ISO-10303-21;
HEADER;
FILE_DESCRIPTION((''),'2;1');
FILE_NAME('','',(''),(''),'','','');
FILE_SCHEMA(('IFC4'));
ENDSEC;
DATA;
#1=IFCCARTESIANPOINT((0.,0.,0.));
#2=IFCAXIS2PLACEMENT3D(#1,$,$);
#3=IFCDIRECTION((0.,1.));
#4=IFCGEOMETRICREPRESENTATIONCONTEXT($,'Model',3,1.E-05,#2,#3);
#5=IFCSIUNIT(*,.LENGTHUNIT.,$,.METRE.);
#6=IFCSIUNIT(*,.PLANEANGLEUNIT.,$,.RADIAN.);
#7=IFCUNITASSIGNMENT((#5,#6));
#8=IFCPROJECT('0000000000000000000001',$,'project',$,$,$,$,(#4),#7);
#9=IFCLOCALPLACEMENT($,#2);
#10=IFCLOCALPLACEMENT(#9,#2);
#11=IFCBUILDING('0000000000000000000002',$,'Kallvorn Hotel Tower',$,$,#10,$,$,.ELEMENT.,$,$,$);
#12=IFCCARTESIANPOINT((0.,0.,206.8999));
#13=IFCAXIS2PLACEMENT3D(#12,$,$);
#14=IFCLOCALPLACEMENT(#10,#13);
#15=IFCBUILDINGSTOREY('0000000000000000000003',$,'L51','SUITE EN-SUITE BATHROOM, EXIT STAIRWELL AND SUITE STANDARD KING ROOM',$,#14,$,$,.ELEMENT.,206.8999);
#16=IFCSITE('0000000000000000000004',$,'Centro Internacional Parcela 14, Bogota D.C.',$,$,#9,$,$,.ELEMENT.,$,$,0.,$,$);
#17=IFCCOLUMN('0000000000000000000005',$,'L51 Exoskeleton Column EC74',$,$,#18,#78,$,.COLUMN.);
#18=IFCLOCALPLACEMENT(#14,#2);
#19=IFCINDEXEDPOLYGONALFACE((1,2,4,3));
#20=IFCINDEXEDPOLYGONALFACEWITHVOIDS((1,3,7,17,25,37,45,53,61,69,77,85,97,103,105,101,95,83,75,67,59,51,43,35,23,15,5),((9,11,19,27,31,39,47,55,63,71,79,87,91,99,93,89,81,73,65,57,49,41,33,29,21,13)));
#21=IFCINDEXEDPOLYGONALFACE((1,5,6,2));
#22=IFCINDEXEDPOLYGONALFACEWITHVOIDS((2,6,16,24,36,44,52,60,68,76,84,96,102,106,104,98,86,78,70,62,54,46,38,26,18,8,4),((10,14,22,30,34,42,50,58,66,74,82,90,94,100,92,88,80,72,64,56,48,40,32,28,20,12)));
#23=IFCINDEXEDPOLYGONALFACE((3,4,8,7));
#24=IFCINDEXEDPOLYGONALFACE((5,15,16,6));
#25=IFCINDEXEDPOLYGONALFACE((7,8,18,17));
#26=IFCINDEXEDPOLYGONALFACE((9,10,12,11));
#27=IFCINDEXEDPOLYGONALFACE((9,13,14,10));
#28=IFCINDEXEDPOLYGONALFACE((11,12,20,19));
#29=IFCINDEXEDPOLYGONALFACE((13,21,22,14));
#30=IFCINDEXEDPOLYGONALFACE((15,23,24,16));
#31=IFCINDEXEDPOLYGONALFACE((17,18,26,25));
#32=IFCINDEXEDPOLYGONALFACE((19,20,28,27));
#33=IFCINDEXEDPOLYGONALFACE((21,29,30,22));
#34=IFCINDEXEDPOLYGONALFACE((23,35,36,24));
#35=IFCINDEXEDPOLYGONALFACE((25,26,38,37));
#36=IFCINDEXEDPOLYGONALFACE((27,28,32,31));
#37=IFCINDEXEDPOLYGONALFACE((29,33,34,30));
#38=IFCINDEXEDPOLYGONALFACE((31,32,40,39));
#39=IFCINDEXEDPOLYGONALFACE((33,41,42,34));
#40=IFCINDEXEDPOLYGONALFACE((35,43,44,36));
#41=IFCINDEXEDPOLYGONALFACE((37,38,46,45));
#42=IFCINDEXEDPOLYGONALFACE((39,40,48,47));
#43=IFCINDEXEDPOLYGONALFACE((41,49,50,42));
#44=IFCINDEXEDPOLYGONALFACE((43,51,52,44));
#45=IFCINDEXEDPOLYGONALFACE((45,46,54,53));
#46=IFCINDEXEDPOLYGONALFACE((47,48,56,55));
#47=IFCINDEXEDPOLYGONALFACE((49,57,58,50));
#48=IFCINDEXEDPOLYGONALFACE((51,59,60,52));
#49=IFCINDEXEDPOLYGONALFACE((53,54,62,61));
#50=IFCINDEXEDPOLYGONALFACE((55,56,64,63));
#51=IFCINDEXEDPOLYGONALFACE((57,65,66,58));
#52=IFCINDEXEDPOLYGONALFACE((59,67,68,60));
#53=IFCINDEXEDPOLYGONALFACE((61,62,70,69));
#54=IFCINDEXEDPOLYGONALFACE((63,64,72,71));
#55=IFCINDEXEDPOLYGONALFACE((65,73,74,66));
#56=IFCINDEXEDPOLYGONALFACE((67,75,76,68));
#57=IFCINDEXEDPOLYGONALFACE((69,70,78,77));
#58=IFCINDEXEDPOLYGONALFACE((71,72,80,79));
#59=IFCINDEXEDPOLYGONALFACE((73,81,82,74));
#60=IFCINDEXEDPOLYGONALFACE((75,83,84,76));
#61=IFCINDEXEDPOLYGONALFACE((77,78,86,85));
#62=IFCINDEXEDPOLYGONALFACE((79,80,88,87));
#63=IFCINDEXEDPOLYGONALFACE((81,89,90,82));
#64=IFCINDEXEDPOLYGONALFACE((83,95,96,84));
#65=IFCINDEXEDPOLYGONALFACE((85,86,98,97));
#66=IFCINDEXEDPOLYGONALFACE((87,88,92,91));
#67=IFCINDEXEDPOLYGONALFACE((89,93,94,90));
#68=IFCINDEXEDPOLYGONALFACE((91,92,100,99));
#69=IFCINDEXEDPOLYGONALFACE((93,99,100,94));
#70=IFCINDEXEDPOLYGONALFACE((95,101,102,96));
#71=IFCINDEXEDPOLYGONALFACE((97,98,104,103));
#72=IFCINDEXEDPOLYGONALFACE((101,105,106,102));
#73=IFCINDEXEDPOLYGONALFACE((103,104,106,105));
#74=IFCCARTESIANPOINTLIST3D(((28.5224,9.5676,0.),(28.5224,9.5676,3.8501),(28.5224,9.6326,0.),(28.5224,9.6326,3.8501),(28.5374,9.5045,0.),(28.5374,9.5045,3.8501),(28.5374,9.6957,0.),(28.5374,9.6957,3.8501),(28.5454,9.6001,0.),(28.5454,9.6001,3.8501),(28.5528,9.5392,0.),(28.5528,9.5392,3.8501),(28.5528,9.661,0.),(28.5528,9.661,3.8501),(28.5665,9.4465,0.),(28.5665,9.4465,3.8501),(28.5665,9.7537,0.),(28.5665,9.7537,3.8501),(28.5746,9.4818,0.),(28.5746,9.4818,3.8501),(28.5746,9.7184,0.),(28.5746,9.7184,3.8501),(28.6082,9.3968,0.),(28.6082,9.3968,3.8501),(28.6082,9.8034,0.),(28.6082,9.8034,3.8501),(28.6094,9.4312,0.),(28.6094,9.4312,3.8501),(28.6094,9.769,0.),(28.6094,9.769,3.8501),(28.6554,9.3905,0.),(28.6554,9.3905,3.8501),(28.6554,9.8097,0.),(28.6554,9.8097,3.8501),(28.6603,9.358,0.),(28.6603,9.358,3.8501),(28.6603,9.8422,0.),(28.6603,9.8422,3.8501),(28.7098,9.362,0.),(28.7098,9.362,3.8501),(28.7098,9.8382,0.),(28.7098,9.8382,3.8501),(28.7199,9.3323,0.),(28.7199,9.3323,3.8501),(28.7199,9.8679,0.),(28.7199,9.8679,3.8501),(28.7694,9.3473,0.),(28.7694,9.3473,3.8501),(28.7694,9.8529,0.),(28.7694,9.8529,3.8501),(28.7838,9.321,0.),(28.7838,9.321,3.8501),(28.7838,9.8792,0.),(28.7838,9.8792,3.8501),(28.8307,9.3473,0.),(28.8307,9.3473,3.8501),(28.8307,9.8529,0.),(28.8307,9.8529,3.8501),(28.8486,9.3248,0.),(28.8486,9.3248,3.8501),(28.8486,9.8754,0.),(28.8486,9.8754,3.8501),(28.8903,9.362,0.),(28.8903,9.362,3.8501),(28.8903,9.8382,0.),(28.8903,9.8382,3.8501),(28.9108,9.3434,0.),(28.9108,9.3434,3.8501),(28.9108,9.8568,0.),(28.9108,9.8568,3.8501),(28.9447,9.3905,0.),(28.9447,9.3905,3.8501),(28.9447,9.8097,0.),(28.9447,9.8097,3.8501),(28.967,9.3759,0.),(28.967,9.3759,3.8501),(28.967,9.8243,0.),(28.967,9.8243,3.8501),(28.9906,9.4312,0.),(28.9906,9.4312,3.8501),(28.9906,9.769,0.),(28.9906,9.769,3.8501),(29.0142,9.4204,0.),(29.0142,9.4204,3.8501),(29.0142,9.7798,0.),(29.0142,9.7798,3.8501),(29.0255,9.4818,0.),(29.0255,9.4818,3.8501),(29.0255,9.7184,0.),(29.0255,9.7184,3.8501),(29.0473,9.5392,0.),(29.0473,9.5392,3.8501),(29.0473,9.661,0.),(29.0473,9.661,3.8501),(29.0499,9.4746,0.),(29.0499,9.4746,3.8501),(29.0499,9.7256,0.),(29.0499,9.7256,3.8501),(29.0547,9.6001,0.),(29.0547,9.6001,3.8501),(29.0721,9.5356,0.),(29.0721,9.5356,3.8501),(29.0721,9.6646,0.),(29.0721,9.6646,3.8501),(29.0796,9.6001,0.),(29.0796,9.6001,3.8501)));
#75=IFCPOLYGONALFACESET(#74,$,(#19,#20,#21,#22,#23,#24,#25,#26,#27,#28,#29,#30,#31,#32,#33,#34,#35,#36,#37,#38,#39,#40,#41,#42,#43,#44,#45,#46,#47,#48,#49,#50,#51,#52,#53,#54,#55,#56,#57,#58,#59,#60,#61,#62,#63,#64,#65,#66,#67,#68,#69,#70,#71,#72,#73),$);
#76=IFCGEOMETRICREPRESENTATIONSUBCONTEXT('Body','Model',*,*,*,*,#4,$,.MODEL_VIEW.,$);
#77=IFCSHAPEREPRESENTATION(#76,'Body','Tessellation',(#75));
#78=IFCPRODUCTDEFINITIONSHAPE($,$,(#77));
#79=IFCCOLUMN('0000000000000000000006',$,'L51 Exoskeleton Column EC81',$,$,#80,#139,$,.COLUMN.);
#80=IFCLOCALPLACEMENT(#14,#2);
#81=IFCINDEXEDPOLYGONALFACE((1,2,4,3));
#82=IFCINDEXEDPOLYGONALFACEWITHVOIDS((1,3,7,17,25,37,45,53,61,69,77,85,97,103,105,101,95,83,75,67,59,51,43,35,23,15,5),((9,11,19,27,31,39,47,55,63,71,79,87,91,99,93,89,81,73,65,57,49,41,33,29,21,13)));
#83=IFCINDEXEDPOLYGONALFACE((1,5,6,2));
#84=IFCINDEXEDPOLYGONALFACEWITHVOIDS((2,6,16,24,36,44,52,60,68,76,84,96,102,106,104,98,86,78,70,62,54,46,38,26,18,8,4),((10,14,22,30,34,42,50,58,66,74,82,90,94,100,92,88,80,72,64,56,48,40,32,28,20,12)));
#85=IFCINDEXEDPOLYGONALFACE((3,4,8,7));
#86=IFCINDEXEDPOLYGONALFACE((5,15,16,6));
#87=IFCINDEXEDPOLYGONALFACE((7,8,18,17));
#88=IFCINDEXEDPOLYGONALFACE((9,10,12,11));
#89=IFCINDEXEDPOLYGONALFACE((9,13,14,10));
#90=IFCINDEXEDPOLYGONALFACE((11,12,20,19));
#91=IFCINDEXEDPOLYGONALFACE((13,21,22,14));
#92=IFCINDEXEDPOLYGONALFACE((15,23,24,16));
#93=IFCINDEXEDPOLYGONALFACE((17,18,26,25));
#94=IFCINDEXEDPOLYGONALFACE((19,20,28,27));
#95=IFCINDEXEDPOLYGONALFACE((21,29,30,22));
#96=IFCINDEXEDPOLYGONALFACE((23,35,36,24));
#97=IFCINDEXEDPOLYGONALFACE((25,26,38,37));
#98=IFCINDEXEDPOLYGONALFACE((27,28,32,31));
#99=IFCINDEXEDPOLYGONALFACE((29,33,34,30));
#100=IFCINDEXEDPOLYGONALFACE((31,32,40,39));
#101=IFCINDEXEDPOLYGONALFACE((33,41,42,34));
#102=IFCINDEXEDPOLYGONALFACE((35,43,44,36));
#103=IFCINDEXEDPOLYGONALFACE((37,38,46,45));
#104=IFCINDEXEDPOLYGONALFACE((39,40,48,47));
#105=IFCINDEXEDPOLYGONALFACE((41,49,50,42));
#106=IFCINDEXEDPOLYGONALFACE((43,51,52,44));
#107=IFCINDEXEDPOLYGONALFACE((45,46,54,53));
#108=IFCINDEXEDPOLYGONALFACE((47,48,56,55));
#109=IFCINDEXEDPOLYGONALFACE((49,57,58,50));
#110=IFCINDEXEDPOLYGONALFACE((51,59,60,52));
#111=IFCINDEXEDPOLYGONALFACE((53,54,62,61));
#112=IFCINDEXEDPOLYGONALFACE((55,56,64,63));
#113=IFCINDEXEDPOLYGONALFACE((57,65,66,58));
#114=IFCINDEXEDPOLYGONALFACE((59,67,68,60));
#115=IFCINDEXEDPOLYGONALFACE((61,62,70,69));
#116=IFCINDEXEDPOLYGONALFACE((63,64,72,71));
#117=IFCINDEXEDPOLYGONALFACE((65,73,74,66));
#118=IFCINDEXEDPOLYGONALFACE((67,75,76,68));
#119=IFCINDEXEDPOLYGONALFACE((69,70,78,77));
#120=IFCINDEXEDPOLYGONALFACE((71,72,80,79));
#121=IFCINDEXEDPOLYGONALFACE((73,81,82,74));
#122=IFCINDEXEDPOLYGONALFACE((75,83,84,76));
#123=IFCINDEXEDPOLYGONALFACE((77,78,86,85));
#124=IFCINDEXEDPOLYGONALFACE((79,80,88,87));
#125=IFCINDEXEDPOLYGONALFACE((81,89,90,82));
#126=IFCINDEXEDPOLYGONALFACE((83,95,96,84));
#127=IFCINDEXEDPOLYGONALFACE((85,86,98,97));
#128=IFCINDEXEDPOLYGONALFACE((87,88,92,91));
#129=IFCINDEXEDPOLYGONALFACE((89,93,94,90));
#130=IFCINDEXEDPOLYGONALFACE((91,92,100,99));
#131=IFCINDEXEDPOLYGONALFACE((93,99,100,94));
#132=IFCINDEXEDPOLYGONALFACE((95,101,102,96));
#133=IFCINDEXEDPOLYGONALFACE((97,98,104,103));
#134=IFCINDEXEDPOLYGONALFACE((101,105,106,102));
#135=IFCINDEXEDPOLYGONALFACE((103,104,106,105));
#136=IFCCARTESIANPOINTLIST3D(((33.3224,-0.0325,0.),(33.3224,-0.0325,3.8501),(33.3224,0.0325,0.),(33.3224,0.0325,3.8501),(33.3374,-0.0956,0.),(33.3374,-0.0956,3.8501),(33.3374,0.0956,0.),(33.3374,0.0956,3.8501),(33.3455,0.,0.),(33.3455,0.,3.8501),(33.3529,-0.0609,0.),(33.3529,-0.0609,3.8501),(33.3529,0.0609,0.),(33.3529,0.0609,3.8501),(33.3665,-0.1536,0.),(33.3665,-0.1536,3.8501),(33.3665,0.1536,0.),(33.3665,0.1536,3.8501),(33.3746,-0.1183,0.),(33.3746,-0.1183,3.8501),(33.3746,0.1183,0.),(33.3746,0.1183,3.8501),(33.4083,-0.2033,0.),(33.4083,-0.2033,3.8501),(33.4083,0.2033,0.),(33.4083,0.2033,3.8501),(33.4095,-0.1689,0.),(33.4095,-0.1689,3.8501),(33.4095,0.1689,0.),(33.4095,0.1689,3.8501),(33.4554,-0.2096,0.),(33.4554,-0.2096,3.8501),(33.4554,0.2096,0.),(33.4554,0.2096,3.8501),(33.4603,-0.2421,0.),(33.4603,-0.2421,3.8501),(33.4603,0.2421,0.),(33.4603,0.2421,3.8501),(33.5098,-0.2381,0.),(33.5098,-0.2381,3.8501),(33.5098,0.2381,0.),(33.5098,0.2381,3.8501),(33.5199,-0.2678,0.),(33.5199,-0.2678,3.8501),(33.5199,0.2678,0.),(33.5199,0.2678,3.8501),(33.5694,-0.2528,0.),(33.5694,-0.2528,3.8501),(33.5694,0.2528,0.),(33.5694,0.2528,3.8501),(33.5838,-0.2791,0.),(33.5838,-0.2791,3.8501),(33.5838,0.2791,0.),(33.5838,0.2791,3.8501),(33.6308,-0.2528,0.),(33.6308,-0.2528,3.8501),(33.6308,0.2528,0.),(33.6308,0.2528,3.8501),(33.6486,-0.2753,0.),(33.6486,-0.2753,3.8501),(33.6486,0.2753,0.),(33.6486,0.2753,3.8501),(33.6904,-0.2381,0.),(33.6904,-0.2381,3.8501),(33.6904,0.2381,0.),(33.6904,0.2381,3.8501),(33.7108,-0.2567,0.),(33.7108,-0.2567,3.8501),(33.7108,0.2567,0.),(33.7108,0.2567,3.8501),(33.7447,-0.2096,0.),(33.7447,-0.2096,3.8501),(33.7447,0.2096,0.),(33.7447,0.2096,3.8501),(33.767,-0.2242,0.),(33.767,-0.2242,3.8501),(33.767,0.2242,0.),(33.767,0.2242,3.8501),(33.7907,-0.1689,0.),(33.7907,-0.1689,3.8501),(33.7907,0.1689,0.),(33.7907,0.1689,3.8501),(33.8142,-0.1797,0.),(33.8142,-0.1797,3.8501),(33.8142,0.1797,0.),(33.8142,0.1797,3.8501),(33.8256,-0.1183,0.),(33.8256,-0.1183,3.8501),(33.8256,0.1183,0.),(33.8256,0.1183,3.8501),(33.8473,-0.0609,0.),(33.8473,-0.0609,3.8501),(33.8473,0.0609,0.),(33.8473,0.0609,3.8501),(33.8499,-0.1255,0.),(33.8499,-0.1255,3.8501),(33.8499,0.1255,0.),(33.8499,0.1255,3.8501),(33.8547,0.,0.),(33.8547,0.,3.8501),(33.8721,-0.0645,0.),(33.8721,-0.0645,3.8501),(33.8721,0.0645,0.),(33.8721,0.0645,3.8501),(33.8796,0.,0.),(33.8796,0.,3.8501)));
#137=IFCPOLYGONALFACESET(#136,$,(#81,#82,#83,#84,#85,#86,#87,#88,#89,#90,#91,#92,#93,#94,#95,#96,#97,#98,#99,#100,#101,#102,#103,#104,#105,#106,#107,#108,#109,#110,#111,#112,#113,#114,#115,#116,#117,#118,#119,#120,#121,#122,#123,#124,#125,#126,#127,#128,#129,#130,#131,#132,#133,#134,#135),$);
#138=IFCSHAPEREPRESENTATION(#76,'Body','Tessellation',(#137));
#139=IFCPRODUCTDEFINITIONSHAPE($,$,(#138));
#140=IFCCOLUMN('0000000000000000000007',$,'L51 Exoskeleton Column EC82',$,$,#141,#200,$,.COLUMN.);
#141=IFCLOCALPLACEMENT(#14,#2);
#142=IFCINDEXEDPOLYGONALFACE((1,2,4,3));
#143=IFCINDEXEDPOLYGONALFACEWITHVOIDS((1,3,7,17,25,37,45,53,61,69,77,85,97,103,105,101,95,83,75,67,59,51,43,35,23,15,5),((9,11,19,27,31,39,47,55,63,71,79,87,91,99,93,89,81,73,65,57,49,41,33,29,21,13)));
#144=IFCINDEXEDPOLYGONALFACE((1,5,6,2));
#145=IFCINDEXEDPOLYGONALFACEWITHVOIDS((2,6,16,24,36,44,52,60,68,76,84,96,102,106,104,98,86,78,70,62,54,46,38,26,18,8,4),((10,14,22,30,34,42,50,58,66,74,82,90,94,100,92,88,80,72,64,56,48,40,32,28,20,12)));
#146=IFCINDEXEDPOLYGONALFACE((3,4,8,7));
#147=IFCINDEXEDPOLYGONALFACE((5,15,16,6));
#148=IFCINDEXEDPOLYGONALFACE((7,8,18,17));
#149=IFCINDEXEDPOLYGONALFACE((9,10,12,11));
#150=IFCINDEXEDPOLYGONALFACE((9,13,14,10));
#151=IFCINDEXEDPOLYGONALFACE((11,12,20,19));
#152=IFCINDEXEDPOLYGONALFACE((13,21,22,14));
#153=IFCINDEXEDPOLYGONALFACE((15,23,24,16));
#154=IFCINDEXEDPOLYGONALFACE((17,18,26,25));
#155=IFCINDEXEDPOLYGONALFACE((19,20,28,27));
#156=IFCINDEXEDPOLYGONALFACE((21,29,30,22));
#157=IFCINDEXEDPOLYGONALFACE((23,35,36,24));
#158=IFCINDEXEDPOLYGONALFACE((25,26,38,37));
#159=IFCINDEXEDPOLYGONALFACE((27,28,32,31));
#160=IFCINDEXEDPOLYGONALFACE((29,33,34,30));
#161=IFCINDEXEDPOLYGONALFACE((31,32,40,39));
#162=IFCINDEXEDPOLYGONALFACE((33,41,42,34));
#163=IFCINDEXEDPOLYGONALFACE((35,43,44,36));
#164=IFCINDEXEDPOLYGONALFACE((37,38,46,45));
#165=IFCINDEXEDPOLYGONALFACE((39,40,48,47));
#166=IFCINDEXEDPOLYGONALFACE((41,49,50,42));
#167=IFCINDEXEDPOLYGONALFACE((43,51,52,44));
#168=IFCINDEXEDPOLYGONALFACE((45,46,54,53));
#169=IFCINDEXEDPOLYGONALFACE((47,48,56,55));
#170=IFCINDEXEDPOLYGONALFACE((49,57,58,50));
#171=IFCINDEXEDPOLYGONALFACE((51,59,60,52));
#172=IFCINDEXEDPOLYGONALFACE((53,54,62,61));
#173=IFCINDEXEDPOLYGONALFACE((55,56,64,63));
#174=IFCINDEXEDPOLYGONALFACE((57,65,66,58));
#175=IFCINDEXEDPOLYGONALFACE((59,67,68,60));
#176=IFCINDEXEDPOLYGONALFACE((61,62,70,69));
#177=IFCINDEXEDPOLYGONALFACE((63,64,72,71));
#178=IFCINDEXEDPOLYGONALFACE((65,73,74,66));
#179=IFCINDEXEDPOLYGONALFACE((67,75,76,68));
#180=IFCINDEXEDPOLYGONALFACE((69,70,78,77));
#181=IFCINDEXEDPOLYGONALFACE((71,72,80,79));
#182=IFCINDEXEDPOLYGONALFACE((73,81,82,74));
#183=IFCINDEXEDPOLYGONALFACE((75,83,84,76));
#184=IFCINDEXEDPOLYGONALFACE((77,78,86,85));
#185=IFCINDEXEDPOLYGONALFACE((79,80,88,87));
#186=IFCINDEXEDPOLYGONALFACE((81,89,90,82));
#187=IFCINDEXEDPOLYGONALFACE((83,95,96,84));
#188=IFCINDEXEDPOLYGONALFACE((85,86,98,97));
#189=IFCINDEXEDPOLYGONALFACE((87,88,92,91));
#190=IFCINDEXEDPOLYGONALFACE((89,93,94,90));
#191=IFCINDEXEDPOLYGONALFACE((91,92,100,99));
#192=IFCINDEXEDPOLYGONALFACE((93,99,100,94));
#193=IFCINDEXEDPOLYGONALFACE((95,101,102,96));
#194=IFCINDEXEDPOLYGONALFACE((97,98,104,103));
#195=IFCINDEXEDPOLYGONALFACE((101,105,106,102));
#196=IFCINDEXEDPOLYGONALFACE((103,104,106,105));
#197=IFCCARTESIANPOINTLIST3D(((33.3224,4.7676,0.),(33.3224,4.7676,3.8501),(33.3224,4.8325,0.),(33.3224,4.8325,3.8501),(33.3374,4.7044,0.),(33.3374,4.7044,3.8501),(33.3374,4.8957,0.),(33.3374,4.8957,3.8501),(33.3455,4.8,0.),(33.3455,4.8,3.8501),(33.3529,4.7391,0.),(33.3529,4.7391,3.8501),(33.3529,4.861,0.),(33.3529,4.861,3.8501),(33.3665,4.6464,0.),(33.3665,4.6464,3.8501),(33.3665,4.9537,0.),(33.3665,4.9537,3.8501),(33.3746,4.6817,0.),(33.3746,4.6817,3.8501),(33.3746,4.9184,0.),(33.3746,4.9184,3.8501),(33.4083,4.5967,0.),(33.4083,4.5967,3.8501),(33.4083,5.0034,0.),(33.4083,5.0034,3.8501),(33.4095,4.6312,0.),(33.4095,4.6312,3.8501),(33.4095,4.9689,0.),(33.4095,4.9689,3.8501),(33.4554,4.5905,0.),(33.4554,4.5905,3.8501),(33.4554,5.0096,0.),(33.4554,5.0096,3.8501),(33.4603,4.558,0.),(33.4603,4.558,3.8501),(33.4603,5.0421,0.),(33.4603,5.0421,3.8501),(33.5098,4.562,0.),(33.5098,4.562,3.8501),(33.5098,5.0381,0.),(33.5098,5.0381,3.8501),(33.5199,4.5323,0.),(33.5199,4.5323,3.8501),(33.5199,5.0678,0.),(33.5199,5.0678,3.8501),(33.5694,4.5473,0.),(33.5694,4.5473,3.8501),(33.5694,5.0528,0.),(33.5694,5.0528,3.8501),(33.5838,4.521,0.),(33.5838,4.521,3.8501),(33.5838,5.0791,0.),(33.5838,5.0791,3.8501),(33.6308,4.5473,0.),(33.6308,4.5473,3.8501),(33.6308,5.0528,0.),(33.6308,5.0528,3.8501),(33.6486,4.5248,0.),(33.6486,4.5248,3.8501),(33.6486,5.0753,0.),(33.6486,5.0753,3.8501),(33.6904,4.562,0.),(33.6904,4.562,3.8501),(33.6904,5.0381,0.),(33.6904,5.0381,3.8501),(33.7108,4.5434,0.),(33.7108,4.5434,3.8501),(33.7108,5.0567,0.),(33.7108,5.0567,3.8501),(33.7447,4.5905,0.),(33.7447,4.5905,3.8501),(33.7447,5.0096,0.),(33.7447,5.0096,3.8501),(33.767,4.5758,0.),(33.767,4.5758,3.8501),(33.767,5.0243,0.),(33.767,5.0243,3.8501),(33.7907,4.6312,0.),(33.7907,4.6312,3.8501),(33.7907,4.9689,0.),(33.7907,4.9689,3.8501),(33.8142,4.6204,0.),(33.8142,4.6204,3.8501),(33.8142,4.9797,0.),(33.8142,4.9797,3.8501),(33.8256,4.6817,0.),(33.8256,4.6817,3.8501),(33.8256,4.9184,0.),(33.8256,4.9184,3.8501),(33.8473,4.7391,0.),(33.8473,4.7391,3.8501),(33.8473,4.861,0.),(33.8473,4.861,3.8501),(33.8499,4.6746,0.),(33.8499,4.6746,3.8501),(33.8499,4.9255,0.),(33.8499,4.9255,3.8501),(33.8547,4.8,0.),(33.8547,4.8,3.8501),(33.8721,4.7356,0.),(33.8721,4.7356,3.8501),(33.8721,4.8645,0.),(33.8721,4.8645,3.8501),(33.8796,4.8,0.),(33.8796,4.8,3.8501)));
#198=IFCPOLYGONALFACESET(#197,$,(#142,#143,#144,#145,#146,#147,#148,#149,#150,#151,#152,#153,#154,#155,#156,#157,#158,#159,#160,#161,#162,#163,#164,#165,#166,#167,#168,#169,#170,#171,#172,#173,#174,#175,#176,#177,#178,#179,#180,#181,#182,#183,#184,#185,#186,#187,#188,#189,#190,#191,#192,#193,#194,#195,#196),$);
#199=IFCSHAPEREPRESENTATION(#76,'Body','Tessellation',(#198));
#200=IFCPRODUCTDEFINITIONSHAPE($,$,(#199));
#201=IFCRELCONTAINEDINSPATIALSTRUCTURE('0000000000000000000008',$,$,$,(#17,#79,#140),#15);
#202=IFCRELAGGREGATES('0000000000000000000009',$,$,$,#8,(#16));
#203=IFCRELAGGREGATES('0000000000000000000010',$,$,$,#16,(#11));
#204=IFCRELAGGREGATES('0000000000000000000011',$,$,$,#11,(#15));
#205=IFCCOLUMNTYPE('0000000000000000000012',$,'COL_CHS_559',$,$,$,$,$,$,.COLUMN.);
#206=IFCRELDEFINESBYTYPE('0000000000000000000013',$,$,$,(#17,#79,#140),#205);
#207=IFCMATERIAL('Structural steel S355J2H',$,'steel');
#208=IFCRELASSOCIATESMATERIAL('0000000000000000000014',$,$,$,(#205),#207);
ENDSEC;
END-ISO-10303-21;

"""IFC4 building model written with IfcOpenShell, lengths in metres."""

from ifc_helpers import new_model, si_unit, direction, frame, origin, origin_2d, place, context, subcontext, project, spatial, hollow_circle, extrude, material, material_profile, profile_set, type_object, element, save


model = new_model("IFC4")

# Units and contexts
model_context = context("Model", 3, precision=1e-05, world=origin(), true_north=direction((0.0, 1.0)))
body_context = subcontext(model_context, "Body", "Model", "MODEL_VIEW")
ifc_project = project(units=[si_unit("LENGTHUNIT", "METRE"), si_unit("PLANEANGLEUNIT", "RADIAN")], contexts=[model_context])

# Site, building, storey
site_placement = place(None, origin())
site = spatial("IfcSite", under=ifc_project, at=site_placement, Name="Centro Internacional Parcela 14, Bogota D.C.", CompositionType="ELEMENT", RefElevation=0.0)
building_placement = place(site_placement, origin())
building = spatial("IfcBuilding", under=site, at=building_placement, Name="Kallvorn Hotel Tower", CompositionType="ELEMENT")
storey_placement = place(building_placement, frame((0.0, 0.0, 206.8999)))
storey = spatial("IfcBuildingStorey", under=building, at=storey_placement, Name="L51", Description="SUITE EN-SUITE BATHROOM, EXIT STAIRWELL AND SUITE STANDARD KING ROOM", CompositionType="ELEMENT", Elevation=206.8999)

# Columns
ifc_material_1 = material(Name="Structural steel S355J2H", Category="steel")
ifc_material_profile_1 = material_profile(ifc_material_1, hollow_circle(Radius=0.2795, WallThickness=0.0249, at=origin_2d()), Name="CHS 559x25")
ifc_profile_set_1 = profile_set([ifc_material_profile_1], Name="Structural steel S355J2H")
column_type_1 = type_object("IfcColumnType", Name="COL_CHS_559", PredefinedType="COLUMN", material=ifc_profile_set_1)
for number, where, z_axis, x_axis, name in (
    (1, (28.8, 9.6001, 0.0), (0.0, 0.0, 1.0), (1.0, 0.0, 0.0), "L51 Exoskeleton Column EC74"),
    (2, (33.6001, 0.0, 0.0), (0.0, 0.0, 1.0), (1.0, 0.0, 0.0), "L51 Exoskeleton Column EC81"),
    (3, (33.6001, 4.8, 0.0), (0.0, 0.0, 1.0), (1.0, 0.0, 0.0), "L51 Exoskeleton Column EC82"),
):
    element("IfcColumn", number, at=place(storey_placement, frame(where, z_axis=z_axis, x_axis=x_axis)), inside=storey, type_object=column_type_1, Name=name, PredefinedType="COLUMN", context=body_context, shape_type="SweptSolid", body=[
        extrude(hollow_circle(Radius=0.2795, WallThickness=0.0249, at=origin_2d()), origin(), (0.0, 0.0, 1.0), 3.8501),
    ])

save(model, "model.ifc")
